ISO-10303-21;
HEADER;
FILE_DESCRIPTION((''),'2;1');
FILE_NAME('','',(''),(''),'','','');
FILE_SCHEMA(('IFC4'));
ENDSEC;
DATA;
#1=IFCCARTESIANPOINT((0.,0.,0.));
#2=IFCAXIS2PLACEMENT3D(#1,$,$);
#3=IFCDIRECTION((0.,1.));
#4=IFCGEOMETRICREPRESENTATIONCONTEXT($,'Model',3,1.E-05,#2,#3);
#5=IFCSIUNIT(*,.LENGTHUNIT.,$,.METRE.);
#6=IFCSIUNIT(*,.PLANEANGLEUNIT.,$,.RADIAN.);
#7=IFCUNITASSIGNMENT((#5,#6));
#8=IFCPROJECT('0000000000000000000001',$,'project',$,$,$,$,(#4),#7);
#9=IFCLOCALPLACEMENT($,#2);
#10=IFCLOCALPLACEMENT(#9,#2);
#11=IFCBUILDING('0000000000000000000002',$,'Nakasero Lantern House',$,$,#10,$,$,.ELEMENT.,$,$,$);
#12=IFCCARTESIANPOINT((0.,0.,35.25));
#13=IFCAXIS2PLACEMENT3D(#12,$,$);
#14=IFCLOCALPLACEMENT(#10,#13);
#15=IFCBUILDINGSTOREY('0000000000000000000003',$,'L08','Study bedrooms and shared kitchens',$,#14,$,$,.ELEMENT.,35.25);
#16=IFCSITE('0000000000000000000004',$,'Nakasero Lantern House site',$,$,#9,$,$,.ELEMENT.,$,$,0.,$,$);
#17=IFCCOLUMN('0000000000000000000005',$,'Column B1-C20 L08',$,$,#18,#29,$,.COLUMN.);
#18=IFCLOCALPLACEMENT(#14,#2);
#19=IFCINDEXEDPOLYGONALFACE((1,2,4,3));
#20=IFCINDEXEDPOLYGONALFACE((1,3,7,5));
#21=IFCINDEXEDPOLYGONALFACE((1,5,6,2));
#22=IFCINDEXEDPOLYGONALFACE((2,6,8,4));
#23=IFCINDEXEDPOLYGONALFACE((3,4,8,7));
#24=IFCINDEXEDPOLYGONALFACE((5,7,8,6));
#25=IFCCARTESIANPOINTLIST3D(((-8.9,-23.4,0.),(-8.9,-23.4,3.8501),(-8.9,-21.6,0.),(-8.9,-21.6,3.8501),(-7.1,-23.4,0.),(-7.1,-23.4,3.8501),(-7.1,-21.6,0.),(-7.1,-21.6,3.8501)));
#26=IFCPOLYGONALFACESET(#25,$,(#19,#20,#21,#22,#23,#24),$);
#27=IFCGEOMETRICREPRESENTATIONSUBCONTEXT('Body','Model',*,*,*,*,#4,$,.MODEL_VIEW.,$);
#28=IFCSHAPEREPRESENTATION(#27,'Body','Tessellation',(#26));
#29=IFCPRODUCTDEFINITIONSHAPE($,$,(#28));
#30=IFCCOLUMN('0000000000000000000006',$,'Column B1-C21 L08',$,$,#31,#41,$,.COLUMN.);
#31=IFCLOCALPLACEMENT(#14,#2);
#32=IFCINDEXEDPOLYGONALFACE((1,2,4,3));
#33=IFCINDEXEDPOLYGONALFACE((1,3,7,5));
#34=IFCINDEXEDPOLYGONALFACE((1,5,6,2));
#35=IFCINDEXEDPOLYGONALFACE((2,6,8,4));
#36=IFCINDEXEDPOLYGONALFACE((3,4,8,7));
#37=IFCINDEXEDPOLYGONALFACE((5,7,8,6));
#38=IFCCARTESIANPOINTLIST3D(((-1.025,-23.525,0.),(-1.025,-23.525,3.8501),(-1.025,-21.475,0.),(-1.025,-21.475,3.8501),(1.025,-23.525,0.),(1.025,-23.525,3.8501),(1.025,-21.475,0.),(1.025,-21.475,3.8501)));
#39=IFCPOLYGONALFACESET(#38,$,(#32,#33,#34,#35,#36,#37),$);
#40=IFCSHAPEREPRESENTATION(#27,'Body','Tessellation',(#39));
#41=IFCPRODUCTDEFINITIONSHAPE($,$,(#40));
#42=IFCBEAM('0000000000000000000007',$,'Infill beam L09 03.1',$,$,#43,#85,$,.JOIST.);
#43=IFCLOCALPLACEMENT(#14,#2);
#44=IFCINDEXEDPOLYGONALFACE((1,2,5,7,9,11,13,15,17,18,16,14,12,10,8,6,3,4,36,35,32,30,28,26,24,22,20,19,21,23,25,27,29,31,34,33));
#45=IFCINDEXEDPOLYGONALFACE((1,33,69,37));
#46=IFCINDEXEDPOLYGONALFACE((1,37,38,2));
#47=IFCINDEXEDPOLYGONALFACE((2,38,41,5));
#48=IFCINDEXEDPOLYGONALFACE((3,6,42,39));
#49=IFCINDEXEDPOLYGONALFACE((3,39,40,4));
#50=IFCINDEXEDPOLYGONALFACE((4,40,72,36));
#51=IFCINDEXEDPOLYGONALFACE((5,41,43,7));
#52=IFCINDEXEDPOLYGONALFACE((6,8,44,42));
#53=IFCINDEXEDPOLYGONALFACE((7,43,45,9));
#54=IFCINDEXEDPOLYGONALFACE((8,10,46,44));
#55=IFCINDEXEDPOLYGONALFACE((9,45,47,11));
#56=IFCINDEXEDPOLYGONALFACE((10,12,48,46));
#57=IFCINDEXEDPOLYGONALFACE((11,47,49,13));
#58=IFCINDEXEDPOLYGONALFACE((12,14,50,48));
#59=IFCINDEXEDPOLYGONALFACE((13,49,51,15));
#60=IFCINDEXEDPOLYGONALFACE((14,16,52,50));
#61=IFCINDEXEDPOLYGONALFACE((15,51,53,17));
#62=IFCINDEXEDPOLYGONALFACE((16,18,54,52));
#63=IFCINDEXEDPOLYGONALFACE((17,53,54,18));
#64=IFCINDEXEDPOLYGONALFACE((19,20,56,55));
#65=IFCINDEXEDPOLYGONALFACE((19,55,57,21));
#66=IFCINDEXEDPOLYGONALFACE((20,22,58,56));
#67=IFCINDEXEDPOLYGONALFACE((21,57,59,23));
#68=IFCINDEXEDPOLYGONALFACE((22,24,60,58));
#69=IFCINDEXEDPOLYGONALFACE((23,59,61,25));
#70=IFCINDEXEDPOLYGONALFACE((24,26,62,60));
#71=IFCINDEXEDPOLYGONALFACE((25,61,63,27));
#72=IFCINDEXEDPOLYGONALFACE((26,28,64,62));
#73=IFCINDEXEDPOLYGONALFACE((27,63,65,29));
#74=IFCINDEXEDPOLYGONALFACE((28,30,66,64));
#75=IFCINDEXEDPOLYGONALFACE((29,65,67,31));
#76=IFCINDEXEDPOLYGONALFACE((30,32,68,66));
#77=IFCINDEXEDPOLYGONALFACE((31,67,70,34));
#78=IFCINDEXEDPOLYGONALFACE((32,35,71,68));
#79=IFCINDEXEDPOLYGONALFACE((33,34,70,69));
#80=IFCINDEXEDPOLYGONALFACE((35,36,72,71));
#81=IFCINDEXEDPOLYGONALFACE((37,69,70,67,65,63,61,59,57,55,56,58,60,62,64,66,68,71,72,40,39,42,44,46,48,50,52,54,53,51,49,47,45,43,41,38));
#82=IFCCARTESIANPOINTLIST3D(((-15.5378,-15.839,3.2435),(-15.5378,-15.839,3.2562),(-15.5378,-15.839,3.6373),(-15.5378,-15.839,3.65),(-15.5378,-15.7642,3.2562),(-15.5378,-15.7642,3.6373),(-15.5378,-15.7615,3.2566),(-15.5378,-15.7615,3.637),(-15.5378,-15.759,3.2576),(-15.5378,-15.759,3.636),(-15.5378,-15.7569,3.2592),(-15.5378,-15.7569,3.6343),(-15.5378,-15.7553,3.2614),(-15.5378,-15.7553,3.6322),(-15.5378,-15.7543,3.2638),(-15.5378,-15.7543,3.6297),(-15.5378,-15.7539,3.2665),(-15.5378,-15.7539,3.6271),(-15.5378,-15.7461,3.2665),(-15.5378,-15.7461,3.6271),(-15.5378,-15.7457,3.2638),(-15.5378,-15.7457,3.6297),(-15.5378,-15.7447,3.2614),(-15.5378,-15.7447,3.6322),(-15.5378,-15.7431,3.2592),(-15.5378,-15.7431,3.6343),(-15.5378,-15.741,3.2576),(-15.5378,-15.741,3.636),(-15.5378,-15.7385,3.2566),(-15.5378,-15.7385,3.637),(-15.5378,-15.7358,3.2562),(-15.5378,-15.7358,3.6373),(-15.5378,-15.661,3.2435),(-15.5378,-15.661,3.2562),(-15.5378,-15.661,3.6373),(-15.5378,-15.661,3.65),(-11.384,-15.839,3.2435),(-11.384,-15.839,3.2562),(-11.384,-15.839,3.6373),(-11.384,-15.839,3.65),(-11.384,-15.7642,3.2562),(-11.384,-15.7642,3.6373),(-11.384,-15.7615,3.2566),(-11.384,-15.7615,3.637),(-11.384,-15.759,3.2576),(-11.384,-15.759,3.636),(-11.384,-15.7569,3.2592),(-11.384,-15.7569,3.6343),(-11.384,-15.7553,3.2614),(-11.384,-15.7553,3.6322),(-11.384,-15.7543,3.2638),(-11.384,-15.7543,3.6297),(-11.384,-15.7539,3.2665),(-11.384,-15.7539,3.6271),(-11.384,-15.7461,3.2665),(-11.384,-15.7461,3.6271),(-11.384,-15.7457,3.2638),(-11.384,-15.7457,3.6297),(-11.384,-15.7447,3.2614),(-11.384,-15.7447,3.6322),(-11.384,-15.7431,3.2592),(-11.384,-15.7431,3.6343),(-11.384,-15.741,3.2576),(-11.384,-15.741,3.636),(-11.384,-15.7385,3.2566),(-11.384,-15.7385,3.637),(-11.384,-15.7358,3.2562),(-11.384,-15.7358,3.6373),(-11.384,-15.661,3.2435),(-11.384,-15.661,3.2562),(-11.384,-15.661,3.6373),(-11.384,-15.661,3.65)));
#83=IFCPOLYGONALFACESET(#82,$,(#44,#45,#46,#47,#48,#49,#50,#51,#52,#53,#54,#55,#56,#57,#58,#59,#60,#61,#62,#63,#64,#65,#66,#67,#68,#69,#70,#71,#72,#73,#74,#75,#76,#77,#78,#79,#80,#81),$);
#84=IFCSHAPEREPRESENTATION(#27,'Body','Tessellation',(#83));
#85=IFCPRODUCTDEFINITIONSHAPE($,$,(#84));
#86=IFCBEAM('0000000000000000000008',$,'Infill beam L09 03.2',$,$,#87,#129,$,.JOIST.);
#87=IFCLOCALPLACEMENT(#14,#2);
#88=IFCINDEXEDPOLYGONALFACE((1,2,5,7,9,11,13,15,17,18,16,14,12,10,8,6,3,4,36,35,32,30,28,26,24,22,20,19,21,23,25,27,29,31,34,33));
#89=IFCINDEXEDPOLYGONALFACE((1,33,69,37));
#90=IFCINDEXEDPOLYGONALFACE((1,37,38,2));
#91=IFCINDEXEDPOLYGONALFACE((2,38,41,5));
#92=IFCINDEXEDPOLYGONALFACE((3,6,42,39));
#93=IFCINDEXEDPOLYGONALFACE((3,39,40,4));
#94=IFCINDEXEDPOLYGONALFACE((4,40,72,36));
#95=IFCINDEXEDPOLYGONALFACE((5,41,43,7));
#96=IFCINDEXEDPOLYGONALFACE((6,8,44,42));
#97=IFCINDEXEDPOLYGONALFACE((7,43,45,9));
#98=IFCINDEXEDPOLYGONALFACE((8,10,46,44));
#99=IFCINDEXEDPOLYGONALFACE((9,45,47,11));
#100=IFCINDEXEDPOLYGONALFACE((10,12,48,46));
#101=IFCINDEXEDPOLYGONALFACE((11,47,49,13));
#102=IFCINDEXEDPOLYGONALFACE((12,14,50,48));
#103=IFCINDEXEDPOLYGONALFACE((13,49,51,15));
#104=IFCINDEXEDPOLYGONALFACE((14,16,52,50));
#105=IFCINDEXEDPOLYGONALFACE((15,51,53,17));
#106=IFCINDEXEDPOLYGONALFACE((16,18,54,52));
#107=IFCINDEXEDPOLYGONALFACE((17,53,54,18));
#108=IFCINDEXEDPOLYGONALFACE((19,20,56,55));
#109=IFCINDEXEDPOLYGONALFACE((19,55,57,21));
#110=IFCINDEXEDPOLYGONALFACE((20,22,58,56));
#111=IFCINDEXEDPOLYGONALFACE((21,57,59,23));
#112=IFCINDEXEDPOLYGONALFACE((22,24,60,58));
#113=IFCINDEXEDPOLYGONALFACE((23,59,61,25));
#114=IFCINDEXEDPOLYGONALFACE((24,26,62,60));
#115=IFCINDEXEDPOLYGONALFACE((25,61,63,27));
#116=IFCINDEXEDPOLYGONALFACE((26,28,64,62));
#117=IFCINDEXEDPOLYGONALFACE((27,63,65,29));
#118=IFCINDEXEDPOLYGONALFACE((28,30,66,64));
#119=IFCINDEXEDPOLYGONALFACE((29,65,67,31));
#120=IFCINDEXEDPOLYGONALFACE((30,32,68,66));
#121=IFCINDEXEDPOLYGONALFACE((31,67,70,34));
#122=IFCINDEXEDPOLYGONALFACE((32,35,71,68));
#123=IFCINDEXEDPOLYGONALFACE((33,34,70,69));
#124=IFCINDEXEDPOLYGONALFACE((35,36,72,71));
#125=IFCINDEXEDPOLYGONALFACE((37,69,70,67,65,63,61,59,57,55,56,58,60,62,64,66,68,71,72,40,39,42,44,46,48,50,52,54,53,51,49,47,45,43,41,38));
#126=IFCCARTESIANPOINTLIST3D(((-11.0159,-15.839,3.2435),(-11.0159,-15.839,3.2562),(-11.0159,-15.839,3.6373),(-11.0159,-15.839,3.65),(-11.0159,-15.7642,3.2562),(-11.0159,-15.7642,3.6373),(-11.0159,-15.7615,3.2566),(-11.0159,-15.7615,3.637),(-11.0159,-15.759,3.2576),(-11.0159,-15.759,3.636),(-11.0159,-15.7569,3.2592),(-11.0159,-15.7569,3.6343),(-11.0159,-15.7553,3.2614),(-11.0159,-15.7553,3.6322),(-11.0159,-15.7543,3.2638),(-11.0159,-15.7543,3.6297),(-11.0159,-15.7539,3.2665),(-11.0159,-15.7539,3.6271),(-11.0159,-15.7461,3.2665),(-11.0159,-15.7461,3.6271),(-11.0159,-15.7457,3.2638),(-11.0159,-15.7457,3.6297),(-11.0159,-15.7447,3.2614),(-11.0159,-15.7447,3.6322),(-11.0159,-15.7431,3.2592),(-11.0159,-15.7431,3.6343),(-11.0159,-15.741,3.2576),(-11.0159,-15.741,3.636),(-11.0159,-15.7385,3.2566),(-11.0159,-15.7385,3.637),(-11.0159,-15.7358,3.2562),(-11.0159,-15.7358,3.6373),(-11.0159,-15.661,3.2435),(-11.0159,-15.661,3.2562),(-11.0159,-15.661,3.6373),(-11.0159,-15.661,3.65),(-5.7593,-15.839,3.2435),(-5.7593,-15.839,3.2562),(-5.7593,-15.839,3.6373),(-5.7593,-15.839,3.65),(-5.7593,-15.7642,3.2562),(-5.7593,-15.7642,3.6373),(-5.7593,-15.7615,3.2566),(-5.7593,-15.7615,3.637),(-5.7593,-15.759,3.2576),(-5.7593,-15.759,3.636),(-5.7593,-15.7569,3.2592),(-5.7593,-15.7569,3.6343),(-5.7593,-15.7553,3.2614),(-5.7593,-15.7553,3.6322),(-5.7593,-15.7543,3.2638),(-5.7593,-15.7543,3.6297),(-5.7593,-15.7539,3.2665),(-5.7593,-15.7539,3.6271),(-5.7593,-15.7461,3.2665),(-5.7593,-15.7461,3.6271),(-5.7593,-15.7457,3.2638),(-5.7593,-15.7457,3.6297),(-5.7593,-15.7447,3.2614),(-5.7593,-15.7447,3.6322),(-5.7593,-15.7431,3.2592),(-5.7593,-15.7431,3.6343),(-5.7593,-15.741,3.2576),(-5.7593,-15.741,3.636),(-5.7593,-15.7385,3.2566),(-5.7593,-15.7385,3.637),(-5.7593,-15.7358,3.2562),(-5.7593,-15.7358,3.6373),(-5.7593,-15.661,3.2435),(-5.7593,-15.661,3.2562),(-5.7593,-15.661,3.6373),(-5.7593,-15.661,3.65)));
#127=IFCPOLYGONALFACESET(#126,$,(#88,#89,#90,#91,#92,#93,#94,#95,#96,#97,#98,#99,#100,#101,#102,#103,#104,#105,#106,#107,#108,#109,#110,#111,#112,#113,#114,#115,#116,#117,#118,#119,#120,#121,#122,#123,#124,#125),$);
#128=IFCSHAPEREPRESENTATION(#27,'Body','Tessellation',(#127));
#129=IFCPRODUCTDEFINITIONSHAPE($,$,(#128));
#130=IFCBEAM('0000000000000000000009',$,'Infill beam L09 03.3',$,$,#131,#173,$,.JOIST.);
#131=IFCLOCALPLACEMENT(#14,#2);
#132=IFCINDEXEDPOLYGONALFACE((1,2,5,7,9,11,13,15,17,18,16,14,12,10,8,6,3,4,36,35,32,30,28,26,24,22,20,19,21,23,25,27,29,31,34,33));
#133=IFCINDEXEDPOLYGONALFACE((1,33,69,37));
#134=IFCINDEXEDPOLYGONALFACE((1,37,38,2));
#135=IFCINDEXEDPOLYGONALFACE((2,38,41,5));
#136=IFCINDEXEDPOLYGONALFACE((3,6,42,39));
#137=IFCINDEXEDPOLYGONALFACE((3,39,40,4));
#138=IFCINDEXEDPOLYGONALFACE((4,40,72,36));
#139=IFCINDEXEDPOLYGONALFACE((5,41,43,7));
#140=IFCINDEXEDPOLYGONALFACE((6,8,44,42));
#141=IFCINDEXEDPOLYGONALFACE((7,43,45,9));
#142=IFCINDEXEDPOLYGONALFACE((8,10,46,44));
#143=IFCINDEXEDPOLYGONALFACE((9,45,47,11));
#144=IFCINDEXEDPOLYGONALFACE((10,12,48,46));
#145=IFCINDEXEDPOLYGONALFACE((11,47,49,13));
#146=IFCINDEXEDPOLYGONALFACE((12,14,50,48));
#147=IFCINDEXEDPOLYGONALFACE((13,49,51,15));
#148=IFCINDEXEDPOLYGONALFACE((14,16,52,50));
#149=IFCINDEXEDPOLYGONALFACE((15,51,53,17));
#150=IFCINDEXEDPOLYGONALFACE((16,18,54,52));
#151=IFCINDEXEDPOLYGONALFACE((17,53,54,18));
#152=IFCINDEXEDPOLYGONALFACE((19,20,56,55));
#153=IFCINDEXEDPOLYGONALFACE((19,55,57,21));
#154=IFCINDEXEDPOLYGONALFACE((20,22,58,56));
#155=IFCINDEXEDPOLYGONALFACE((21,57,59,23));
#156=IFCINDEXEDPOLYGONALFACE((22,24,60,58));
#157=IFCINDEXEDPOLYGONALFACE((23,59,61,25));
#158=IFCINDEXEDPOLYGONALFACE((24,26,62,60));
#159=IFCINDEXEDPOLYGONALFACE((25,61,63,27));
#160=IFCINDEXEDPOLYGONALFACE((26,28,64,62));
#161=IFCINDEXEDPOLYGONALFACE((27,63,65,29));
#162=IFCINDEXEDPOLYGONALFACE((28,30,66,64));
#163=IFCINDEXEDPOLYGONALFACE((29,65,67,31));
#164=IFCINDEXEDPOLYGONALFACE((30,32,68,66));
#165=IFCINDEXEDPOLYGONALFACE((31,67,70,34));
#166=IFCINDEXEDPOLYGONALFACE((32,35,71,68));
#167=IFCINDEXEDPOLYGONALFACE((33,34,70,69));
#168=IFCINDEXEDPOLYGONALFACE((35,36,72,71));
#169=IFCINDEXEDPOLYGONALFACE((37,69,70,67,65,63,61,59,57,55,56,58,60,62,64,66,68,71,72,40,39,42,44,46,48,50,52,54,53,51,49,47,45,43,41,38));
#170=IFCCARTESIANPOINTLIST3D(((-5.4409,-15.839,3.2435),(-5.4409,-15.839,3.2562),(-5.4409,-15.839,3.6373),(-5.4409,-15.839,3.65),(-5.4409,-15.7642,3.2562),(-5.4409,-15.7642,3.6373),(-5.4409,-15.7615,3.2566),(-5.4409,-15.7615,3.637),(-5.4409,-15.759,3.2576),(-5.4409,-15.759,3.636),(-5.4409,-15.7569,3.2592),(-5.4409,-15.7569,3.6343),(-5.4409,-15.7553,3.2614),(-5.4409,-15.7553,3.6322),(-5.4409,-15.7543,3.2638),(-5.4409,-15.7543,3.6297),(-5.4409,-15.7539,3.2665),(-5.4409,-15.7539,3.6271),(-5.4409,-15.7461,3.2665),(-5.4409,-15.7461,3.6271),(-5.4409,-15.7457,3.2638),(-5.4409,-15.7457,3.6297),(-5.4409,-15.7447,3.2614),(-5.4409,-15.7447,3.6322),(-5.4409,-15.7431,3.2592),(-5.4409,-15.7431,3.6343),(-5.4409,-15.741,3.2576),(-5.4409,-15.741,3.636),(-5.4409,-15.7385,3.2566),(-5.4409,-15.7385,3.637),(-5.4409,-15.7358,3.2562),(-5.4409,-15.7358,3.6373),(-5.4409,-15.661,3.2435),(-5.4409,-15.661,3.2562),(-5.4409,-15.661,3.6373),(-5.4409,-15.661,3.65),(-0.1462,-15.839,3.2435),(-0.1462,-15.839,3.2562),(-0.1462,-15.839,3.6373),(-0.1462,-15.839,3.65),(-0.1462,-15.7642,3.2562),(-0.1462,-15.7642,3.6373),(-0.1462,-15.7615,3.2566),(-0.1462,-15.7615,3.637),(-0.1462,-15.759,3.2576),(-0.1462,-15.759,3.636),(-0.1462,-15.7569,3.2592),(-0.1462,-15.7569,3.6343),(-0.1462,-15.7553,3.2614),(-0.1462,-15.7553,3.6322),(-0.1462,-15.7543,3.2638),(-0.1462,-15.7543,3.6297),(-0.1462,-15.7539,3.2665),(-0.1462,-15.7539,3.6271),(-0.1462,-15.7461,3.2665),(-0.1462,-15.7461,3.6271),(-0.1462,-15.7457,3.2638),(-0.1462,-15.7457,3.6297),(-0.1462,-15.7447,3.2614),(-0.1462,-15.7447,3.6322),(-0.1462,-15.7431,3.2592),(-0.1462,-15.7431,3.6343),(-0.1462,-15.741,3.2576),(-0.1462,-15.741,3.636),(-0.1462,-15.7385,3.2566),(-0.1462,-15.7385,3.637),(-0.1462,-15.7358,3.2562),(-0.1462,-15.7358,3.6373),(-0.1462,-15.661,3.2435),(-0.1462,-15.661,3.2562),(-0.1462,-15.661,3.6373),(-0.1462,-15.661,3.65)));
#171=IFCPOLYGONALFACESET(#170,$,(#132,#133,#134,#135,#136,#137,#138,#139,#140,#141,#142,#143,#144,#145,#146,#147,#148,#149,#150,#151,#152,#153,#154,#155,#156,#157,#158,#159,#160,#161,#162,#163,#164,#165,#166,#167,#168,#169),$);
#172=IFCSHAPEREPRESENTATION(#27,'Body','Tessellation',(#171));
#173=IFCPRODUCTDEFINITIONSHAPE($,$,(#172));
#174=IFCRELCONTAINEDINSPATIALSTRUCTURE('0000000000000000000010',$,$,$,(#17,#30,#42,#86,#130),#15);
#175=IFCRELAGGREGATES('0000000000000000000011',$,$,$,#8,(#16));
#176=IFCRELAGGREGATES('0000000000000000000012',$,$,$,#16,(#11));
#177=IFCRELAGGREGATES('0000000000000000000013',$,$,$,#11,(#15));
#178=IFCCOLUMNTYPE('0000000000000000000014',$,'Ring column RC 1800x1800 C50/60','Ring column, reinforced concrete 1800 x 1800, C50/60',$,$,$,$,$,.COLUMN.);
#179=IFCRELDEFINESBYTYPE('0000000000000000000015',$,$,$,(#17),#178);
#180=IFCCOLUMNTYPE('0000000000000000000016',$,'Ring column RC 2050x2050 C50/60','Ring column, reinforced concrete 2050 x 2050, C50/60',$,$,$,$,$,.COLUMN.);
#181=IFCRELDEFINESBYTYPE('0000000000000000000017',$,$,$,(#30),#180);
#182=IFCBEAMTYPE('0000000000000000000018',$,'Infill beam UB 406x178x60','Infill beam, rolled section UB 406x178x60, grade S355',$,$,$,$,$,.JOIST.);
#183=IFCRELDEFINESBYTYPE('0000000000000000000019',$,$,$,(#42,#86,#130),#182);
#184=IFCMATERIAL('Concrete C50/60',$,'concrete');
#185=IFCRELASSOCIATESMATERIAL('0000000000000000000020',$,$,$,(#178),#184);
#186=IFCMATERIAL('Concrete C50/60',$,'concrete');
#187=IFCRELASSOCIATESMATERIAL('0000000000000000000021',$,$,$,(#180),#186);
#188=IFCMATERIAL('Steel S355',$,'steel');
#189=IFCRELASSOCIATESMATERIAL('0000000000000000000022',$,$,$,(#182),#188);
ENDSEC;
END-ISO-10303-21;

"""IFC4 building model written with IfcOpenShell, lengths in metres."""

from ifc_helpers import new_model, si_unit, direction, frame, origin, origin_2d, place, context, subcontext, project, spatial, rectangle, i_section, extrude, material, material_profile, profile_set, type_object, element, save


model = new_model("IFC4")

# Units and contexts
model_context = context("Model", 3, precision=1e-05, world=origin(), true_north=direction((0.0, 1.0)))
body_context = subcontext(model_context, "Body", "Model", "MODEL_VIEW")
ifc_project = project(units=[si_unit("LENGTHUNIT", "METRE"), si_unit("PLANEANGLEUNIT", "RADIAN")], contexts=[model_context])

# Site, building, storey
site_placement = place(None, origin())
site = spatial("IfcSite", under=ifc_project, at=site_placement, Name="Nakasero Lantern House site", CompositionType="ELEMENT", RefElevation=0.0)
building_placement = place(site_placement, origin())
building = spatial("IfcBuilding", under=site, at=building_placement, Name="Nakasero Lantern House", CompositionType="ELEMENT")
storey_placement = place(building_placement, frame((0.0, 0.0, 35.25)))
storey = spatial("IfcBuildingStorey", under=building, at=storey_placement, Name="L08", Description="Study bedrooms and shared kitchens", CompositionType="ELEMENT", Elevation=35.25)

# Columns
ifc_material_1 = material(Name="Concrete C50/60", Category="concrete")
ifc_material_profile_1 = material_profile(ifc_material_1, rectangle(XDim=1.8, YDim=1.8, at=origin_2d()), Name="RC 1800x1800")
ifc_profile_set_1 = profile_set([ifc_material_profile_1], Name="Concrete C50/60")
column_type_1 = type_object("IfcColumnType", Name="Ring column RC 1800x1800 C50/60", Description="Ring column, reinforced concrete 1800 x 1800, C50/60", PredefinedType="COLUMN", material=ifc_profile_set_1)
column_1_placement = place(storey_placement, frame((-8.0, -22.5, 0.0), z_axis=(0.0, 0.0, 1.0), x_axis=(1.0, 0.0, 0.0)))
element("IfcColumn", 1, at=column_1_placement, inside=storey, type_object=column_type_1, Name="Column B1-C20 L08", PredefinedType="COLUMN", context=body_context, shape_type="SweptSolid", body=[
    extrude(rectangle(XDim=1.8, YDim=1.8, at=origin_2d()), origin(), (0.0, 0.0, 1.0), 3.8501),
])
ifc_material_2 = material(Name="Concrete C50/60", Category="concrete")
ifc_material_profile_2 = material_profile(ifc_material_2, rectangle(XDim=2.05, YDim=2.05, at=origin_2d()), Name="RC 2050x2050")
ifc_profile_set_2 = profile_set([ifc_material_profile_2], Name="Concrete C50/60")
column_type_2 = type_object("IfcColumnType", Name="Ring column RC 2050x2050 C50/60", Description="Ring column, reinforced concrete 2050 x 2050, C50/60", PredefinedType="COLUMN", material=ifc_profile_set_2)
column_2_placement = place(storey_placement, frame((0.0, -22.5, 0.0), z_axis=(0.0, 0.0, 1.0), x_axis=(1.0, 0.0, 0.0)))
element("IfcColumn", 2, at=column_2_placement, inside=storey, type_object=column_type_2, Name="Column B1-C21 L08", PredefinedType="COLUMN", context=body_context, shape_type="SweptSolid", body=[
    extrude(rectangle(XDim=2.05, YDim=2.05, at=origin_2d()), origin(), (0.0, 0.0, 1.0), 3.8501),
])

# Beams
ifc_material_3 = material(Name="Steel S355", Category="steel")
ifc_material_profile_3 = material_profile(ifc_material_3, i_section(OverallWidth=0.178, OverallDepth=0.4065, WebThickness=0.0078, FlangeThickness=0.0127, FilletRadius=0.0103, at=origin_2d()), Name="UB 406x178x60")
ifc_profile_set_3 = profile_set([ifc_material_profile_3], Name="Steel S355")
beam_type_1 = type_object("IfcBeamType", Name="Infill beam UB 406x178x60", Description="Infill beam, rolled section UB 406x178x60, grade S355", PredefinedType="JOIST", material=ifc_profile_set_3)
beam_1_placement = place(storey_placement, frame((-15.5378, -15.75, 3.4468), z_axis=(1.0, 0.0, 0.0), x_axis=(0.0, 1.0, 0.0)))
element("IfcBeam", 3, at=beam_1_placement, inside=storey, type_object=beam_type_1, Name="Infill beam L09 03.1", PredefinedType="JOIST", context=body_context, shape_type="SweptSolid", body=[
    extrude(i_section(OverallWidth=0.178, OverallDepth=0.4065, WebThickness=0.0078, FlangeThickness=0.0127, FilletRadius=0.0103, at=origin_2d()), origin(), (0.0, 0.0, 1.0), 4.1538),
])
beam_2_placement = place(storey_placement, frame((-11.0159, -15.75, 3.4468), z_axis=(1.0, 0.0, 0.0), x_axis=(0.0, 1.0, 0.0)))
element("IfcBeam", 4, at=beam_2_placement, inside=storey, type_object=beam_type_1, Name="Infill beam L09 03.2", PredefinedType="JOIST", context=body_context, shape_type="SweptSolid", body=[
    extrude(i_section(OverallWidth=0.178, OverallDepth=0.4065, WebThickness=0.0078, FlangeThickness=0.0127, FilletRadius=0.0103, at=origin_2d()), origin(), (0.0, 0.0, 1.0), 5.2566),
])
beam_3_placement = place(storey_placement, frame((-5.4409, -15.75, 3.4468), z_axis=(1.0, 0.0, 0.0), x_axis=(0.0, 1.0, 0.0)))
element("IfcBeam", 5, at=beam_3_placement, inside=storey, type_object=beam_type_1, Name="Infill beam L09 03.3", PredefinedType="JOIST", context=body_context, shape_type="SweptSolid", body=[
    extrude(i_section(OverallWidth=0.178, OverallDepth=0.4065, WebThickness=0.0078, FlangeThickness=0.0127, FilletRadius=0.0103, at=origin_2d()), origin(), (0.0, 0.0, 1.0), 5.2947),
])

save(model, "model.ifc")
